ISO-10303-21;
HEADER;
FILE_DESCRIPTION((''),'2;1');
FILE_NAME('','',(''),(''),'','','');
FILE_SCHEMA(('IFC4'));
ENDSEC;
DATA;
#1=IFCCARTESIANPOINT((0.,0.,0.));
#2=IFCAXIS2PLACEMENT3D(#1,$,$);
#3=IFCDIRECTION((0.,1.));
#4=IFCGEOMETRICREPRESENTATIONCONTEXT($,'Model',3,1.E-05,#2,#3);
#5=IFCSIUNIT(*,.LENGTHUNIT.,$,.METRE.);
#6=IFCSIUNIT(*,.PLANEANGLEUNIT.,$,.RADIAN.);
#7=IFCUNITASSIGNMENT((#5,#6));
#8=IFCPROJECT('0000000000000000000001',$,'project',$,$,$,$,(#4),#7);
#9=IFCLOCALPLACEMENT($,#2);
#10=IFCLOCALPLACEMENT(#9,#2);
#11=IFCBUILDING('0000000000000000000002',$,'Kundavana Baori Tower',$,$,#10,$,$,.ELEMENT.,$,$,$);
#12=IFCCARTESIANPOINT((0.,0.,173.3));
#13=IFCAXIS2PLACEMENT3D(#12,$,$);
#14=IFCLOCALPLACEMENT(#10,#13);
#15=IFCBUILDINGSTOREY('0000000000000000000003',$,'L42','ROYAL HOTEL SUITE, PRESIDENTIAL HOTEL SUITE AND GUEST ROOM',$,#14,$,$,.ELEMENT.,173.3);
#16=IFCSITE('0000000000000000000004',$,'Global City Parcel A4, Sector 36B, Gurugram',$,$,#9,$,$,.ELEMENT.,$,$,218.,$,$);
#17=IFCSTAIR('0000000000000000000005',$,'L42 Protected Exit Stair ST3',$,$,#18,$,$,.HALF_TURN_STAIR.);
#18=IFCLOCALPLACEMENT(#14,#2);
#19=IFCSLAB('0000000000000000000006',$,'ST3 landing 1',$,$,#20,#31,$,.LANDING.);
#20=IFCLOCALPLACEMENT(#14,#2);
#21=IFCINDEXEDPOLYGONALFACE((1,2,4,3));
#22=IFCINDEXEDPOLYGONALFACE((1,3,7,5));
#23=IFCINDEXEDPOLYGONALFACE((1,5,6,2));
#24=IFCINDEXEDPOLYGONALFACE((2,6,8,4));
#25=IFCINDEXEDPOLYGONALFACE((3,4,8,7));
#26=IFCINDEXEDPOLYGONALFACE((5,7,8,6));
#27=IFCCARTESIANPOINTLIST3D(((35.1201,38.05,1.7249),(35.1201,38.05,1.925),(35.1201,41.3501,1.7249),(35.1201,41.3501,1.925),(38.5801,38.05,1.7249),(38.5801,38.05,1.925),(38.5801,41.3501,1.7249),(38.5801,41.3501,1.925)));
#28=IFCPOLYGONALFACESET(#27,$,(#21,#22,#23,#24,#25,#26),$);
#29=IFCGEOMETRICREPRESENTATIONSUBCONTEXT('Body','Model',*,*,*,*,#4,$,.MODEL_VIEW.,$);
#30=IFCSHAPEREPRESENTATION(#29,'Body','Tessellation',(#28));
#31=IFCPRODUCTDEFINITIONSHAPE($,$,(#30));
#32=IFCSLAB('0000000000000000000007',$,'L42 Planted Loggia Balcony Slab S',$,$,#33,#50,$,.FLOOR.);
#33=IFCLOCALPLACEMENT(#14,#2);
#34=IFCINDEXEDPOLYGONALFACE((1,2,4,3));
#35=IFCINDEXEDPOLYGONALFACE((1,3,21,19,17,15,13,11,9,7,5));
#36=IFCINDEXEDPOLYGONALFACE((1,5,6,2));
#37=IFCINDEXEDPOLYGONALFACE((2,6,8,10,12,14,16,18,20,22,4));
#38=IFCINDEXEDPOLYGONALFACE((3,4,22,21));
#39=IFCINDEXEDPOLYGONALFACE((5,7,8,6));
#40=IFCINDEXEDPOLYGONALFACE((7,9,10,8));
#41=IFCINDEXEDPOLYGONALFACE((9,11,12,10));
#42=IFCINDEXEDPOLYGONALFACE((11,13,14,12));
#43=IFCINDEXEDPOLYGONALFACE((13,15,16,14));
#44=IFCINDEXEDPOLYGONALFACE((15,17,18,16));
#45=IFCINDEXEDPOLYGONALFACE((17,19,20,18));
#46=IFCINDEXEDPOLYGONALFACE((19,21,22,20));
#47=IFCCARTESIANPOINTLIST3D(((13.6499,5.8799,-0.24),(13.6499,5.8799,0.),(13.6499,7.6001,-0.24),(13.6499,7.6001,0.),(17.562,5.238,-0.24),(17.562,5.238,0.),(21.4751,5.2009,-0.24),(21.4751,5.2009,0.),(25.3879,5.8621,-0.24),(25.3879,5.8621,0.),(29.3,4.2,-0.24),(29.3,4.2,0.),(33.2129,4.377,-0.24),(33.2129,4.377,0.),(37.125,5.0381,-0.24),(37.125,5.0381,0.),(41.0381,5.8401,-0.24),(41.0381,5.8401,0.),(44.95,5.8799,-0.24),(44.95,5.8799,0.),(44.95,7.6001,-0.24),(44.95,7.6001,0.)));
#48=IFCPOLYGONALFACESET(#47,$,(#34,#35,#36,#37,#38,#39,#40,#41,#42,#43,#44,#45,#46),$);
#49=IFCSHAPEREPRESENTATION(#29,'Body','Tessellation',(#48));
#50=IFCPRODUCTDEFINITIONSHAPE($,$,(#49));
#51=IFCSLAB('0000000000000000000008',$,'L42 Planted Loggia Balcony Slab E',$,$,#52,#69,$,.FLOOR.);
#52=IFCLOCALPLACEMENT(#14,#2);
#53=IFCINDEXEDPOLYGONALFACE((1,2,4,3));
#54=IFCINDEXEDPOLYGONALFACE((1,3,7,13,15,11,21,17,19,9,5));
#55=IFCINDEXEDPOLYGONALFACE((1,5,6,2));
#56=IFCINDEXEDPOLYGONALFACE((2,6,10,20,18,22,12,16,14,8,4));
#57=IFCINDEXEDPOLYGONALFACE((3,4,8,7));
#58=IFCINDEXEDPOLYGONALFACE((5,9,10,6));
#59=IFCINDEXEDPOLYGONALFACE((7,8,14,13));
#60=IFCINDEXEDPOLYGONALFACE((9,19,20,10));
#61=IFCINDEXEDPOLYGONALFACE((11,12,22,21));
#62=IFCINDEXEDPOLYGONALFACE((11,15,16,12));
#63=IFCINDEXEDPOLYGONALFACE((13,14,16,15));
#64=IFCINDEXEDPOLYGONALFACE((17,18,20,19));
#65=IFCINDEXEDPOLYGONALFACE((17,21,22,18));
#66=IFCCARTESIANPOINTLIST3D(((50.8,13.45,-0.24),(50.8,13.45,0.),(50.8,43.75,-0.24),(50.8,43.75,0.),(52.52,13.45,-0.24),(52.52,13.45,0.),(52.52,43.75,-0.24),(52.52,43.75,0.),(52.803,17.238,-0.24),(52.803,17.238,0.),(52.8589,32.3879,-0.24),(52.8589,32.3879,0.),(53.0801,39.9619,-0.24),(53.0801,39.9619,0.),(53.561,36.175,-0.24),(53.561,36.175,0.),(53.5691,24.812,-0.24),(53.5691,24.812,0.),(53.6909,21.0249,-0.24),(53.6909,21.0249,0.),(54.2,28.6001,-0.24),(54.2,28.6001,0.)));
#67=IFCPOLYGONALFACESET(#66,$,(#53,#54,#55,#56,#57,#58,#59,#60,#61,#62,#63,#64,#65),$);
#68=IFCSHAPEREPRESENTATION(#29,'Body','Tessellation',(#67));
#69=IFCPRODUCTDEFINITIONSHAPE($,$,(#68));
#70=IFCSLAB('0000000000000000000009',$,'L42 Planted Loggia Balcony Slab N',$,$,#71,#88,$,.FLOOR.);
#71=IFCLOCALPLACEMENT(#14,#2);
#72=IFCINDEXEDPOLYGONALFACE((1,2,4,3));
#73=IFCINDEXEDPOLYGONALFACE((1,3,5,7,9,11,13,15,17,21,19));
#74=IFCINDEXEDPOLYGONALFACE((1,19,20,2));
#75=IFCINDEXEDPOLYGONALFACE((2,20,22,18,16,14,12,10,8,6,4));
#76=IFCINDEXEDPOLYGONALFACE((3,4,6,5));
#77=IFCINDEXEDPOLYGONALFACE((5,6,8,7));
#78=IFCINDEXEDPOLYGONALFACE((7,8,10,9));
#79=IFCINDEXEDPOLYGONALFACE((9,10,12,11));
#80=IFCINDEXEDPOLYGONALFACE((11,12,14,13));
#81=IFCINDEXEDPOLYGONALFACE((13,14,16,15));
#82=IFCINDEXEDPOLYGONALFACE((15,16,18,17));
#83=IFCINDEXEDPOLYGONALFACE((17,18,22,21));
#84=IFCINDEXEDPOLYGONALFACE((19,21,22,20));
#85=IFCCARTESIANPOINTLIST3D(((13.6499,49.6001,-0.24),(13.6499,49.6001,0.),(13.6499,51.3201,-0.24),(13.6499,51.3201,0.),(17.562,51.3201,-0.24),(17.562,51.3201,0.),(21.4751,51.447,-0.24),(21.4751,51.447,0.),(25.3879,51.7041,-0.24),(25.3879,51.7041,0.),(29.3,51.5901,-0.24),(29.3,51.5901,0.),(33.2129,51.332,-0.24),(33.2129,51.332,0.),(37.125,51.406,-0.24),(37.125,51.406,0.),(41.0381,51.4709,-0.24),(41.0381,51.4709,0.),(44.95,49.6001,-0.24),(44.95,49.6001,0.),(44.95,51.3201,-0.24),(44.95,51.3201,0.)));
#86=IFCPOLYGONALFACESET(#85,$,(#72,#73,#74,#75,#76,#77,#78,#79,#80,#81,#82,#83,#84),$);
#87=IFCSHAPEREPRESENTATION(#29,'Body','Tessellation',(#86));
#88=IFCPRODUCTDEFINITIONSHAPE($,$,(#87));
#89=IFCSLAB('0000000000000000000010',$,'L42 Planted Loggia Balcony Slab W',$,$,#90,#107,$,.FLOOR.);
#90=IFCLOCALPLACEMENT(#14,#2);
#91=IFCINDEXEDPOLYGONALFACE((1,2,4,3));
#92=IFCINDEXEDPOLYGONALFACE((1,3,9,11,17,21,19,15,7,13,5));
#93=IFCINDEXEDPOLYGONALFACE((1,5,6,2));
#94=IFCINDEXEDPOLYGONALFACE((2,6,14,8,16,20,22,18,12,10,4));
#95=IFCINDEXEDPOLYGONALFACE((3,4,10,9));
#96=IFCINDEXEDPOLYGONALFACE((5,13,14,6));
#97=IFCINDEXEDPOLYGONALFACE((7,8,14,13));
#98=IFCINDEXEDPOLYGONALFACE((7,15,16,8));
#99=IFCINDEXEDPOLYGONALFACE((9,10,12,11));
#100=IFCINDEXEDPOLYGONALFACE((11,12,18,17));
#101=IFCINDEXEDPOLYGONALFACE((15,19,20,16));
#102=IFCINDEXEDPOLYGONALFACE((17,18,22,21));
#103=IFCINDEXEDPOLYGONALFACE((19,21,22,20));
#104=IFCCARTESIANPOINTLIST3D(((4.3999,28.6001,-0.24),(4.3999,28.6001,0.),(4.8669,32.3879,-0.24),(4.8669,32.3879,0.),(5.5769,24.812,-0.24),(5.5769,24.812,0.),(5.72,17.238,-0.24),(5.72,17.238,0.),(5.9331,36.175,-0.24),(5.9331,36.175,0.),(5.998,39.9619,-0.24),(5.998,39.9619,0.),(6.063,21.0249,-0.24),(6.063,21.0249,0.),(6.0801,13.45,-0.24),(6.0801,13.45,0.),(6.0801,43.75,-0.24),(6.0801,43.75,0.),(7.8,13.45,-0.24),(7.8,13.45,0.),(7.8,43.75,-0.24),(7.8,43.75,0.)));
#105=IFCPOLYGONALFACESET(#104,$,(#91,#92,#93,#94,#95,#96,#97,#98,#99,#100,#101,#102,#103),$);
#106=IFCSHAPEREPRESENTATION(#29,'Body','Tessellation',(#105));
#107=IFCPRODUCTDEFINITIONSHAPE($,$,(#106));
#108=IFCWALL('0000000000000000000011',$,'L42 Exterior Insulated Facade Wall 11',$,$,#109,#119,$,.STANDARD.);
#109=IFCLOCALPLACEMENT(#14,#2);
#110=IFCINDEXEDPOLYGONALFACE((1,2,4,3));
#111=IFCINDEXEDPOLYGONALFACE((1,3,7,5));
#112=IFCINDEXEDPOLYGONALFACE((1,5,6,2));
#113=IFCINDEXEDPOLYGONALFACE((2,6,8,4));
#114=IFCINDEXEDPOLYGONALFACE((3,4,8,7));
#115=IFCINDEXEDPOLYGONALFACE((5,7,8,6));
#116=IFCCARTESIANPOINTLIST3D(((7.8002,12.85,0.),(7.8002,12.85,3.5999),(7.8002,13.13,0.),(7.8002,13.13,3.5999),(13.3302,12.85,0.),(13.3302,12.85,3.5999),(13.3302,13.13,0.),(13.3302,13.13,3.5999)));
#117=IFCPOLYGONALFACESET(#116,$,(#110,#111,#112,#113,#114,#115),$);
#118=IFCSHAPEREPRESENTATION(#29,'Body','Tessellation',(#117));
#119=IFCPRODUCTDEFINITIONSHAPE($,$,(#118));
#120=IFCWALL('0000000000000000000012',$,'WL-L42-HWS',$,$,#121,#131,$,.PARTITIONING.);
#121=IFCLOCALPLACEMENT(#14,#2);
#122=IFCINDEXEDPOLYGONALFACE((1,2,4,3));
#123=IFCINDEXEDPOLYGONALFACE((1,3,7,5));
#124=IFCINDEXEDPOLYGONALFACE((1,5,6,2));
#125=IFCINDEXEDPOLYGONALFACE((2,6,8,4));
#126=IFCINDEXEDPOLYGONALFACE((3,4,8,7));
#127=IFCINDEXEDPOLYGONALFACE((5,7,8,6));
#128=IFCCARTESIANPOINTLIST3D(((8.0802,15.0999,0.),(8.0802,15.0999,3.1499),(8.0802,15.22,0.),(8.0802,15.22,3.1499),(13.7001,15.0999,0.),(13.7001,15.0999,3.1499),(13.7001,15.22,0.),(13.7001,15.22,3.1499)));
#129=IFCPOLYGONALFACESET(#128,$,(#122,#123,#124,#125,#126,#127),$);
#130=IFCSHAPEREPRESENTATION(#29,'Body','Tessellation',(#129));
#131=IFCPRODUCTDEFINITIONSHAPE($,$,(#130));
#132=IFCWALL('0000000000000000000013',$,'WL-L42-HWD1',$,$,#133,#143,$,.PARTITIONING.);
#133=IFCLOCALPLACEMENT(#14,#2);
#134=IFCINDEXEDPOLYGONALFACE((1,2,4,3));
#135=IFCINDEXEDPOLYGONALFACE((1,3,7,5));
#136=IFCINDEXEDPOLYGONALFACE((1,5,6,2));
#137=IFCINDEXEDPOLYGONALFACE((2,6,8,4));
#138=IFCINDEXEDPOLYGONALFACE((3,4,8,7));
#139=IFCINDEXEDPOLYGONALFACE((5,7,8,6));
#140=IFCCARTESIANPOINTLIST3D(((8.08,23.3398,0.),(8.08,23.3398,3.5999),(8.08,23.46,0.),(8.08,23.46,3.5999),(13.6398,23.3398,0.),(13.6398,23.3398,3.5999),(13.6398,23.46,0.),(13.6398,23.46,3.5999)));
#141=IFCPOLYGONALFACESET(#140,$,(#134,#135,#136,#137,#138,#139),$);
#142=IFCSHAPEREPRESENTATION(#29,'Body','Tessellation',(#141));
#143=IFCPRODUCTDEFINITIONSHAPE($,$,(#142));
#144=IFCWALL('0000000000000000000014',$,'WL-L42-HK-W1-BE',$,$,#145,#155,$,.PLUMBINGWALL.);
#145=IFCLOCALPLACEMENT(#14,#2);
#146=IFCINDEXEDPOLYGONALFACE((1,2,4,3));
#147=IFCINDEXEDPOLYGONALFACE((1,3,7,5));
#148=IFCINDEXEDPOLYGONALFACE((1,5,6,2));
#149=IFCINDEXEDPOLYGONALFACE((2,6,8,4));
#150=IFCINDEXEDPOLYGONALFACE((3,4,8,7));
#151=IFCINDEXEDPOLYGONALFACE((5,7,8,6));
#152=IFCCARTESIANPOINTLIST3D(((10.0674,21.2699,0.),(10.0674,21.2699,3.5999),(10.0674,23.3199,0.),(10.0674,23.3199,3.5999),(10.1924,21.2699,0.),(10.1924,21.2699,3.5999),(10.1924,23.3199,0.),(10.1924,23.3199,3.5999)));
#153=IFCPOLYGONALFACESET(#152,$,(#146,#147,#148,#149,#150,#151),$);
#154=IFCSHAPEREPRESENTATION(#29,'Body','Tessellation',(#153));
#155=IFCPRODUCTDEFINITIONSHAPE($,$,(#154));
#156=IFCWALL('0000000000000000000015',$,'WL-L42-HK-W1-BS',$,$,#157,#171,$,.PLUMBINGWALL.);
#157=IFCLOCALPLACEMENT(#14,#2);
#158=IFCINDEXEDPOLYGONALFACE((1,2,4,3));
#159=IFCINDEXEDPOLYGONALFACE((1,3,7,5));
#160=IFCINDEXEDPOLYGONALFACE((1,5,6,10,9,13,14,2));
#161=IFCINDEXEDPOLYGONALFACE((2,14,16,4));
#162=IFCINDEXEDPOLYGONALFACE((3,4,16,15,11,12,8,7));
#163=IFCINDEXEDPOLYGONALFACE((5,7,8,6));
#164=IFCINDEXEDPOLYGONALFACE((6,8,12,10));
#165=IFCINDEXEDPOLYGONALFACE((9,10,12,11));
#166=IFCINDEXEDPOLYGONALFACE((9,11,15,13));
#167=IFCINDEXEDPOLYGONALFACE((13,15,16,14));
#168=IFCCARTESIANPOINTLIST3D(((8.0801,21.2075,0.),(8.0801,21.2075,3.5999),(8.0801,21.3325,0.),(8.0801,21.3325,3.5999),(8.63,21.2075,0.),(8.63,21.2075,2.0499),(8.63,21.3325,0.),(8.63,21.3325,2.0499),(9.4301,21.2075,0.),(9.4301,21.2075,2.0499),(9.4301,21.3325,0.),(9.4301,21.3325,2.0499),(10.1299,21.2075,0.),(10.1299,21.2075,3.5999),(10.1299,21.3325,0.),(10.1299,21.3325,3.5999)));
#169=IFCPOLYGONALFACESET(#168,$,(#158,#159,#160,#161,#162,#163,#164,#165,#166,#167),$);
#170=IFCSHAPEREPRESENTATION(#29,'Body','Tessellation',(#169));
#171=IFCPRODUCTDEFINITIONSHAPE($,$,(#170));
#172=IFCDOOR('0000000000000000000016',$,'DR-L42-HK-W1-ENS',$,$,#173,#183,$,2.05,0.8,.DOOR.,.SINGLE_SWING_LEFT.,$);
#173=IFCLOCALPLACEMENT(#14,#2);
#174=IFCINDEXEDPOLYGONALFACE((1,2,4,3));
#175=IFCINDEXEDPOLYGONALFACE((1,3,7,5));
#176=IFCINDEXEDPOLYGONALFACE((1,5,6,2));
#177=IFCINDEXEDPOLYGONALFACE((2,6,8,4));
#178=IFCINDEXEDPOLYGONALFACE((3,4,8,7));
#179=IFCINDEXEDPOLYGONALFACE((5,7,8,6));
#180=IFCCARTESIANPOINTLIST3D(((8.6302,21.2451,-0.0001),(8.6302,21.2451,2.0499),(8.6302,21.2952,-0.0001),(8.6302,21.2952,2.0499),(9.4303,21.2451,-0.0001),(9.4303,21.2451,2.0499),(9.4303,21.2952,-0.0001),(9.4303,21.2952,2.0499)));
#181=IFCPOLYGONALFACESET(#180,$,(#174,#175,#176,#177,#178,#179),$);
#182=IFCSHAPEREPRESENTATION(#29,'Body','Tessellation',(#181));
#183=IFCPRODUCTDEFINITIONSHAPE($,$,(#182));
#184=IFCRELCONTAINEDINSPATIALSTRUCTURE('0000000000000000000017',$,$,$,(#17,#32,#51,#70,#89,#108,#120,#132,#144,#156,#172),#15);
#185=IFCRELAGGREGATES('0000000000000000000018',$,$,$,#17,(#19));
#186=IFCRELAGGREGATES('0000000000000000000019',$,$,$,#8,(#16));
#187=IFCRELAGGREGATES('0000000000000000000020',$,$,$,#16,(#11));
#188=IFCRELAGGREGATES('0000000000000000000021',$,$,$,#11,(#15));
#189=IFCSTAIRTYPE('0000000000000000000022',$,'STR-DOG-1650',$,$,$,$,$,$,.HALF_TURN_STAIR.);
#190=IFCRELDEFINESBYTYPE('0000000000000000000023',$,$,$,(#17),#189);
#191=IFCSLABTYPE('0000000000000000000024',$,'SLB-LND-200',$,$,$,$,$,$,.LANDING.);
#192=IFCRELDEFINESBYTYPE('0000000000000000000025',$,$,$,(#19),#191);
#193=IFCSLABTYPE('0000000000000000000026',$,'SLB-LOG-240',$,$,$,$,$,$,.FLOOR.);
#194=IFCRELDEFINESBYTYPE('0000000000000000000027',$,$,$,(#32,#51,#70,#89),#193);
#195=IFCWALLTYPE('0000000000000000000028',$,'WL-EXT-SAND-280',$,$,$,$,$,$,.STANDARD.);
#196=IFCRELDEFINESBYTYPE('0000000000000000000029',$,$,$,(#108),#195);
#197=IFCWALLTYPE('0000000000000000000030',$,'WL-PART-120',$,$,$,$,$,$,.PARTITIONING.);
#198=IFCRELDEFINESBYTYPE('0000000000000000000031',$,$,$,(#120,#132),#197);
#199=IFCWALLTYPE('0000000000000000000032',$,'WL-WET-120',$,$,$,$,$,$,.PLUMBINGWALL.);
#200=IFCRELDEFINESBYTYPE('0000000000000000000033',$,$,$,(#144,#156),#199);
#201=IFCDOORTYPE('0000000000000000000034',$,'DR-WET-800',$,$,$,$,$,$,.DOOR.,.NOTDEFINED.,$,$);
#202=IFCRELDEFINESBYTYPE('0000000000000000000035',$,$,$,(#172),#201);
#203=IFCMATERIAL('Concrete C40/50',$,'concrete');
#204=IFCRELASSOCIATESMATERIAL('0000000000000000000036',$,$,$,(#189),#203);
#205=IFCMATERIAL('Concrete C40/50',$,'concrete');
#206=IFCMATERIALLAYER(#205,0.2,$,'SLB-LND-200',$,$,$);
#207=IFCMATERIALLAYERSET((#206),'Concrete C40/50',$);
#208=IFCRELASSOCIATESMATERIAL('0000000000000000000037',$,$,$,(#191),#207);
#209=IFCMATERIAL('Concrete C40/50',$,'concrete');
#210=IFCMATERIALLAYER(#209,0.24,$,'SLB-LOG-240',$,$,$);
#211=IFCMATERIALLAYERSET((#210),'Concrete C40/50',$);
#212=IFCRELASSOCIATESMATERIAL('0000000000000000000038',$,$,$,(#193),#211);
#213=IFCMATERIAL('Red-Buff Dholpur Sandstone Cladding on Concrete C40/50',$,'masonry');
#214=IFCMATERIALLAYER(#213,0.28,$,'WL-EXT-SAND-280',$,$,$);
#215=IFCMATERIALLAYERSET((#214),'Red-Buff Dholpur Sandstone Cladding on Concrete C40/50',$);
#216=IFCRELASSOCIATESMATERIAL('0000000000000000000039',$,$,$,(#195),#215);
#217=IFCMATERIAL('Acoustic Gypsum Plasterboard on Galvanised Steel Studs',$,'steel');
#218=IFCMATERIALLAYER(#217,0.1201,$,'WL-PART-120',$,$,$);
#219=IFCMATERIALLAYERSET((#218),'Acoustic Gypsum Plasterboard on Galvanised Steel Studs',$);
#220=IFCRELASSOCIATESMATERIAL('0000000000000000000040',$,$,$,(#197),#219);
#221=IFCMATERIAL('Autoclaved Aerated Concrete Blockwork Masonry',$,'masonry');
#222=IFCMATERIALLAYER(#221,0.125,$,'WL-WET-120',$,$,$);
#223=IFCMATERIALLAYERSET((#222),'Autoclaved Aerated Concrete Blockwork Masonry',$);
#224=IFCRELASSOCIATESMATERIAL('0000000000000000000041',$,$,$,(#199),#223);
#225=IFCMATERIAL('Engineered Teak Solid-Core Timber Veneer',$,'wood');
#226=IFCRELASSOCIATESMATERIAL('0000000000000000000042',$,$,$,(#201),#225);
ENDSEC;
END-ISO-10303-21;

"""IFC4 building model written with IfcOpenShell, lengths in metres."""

from ifc_helpers import new_model, si_unit, direction, frame, frame_2d, origin, place, context, subcontext, project, spatial, polyline, rectangle, outline, extrude, material, layer, layer_set, type_object, element, fill, aggregate, save


model = new_model("IFC4")

# Units and contexts
model_context = context("Model", 3, precision=1e-05, world=origin(), true_north=direction((0.0, 1.0)))
body_context = subcontext(model_context, "Body", "Model", "MODEL_VIEW")
ifc_project = project(units=[si_unit("LENGTHUNIT", "METRE"), si_unit("PLANEANGLEUNIT", "RADIAN")], contexts=[model_context])

# Site, building, storey
site_placement = place(None, origin())
site = spatial("IfcSite", under=ifc_project, at=site_placement, Name="Global City Parcel A4, Sector 36B, Gurugram", CompositionType="ELEMENT", RefElevation=218.0)
building_placement = place(site_placement, origin())
building = spatial("IfcBuilding", under=site, at=building_placement, Name="Kundavana Baori Tower", CompositionType="ELEMENT")
storey_placement = place(building_placement, frame((0.0, 0.0, 173.3)))
storey = spatial("IfcBuildingStorey", under=building, at=storey_placement, Name="L42", Description="ROYAL HOTEL SUITE, PRESIDENTIAL HOTEL SUITE AND GUEST ROOM", CompositionType="ELEMENT", Elevation=173.3)

# Stair, slab
ifc_material_1 = material(Name="Concrete C40/50", Category="concrete")
stair_type = type_object("IfcStairType", Name="STR-DOG-1650", PredefinedType="HALF_TURN_STAIR", material=ifc_material_1)
ifc_material_2 = material(Name="Concrete C40/50", Category="concrete")
ifc_layer_1 = layer(ifc_material_2, 0.2, Name="SLB-LND-200")
ifc_layer_set_1 = layer_set([ifc_layer_1], Name="Concrete C40/50")
slab_type_1 = type_object("IfcSlabType", Name="SLB-LND-200", PredefinedType="LANDING", material=ifc_layer_set_1)
stair_1_placement = place(storey_placement, origin())
stair_1 = element("IfcStair", 1, at=stair_1_placement, inside=storey, type_object=stair_type, Name="L42 Protected Exit Stair ST3", PredefinedType="HALF_TURN_STAIR")
slab_1_placement = place(storey_placement, frame((0.0, 0.0, 1.7249)))
slab_1 = element("IfcSlab", 2, at=slab_1_placement, type_object=slab_type_1, Name="ST3 landing 1", PredefinedType="LANDING", context=body_context, shape_type="SweptSolid", body=[
    extrude(outline(polyline([(38.5801, 38.05), (38.5801, 41.3501), (35.1201, 41.3501), (35.1201, 38.05), (38.5801, 38.05)])), origin(), (0.0, 0.0, 1.0), 0.2002),
])
aggregate(stair_1, [slab_1])

# Slabs
ifc_material_3 = material(Name="Concrete C40/50", Category="concrete")
ifc_layer_2 = layer(ifc_material_3, 0.24, Name="SLB-LOG-240")
ifc_layer_set_2 = layer_set([ifc_layer_2], Name="Concrete C40/50")
slab_type_2 = type_object("IfcSlabType", Name="SLB-LOG-240", PredefinedType="FLOOR", material=ifc_layer_set_2)
slab_2_placement = place(storey_placement, frame((0.0, 0.0, -0.24)))
element("IfcSlab", 3, at=slab_2_placement, inside=storey, type_object=slab_type_2, Name="L42 Planted Loggia Balcony Slab S", PredefinedType="FLOOR", context=body_context, shape_type="SweptSolid", body=[
    extrude(outline(polyline([(13.6499, 7.6001), (44.95, 7.6001), (44.95, 5.8799), (41.0381, 5.8401), (37.125, 5.0381), (33.2129, 4.377), (29.3, 4.2), (25.3879, 5.8621), (21.4751, 5.2009), (17.562, 5.238), (13.6499, 5.8799), (13.6499, 7.6001)])), origin(), (0.0, 0.0, 1.0), 0.24),
])
slab_3_placement = place(storey_placement, frame((0.0, 0.0, -0.24)))
element("IfcSlab", 4, at=slab_3_placement, inside=storey, type_object=slab_type_2, Name="L42 Planted Loggia Balcony Slab E", PredefinedType="FLOOR", context=body_context, shape_type="SweptSolid", body=[
    extrude(outline(polyline([(50.8, 13.45), (50.8, 43.75), (52.52, 43.75), (53.0801, 39.9619), (53.561, 36.175), (52.8589, 32.3879), (54.2, 28.6001), (53.5691, 24.812), (53.6909, 21.0249), (52.803, 17.238), (52.52, 13.45), (50.8, 13.45)])), origin(), (0.0, 0.0, 1.0), 0.24),
])
slab_4_placement = place(storey_placement, frame((0.0, 0.0, -0.24)))
element("IfcSlab", 5, at=slab_4_placement, inside=storey, type_object=slab_type_2, Name="L42 Planted Loggia Balcony Slab N", PredefinedType="FLOOR", context=body_context, shape_type="SweptSolid", body=[
    extrude(outline(polyline([(44.95, 49.6001), (13.6499, 49.6001), (13.6499, 51.3201), (17.562, 51.3201), (21.4751, 51.447), (25.3879, 51.7041), (29.3, 51.5901), (33.2129, 51.332), (37.125, 51.406), (41.0381, 51.4709), (44.95, 51.3201), (44.95, 49.6001)])), origin(), (0.0, 0.0, 1.0), 0.24),
])
slab_5_placement = place(storey_placement, frame((0.0, 0.0, -0.24)))
element("IfcSlab", 6, at=slab_5_placement, inside=storey, type_object=slab_type_2, Name="L42 Planted Loggia Balcony Slab W", PredefinedType="FLOOR", context=body_context, shape_type="SweptSolid", body=[
    extrude(outline(polyline([(7.8, 43.75), (7.8, 13.45), (6.0801, 13.45), (5.72, 17.238), (6.063, 21.0249), (5.5769, 24.812), (4.3999, 28.6001), (4.8669, 32.3879), (5.9331, 36.175), (5.998, 39.9619), (6.0801, 43.75), (7.8, 43.75)])), origin(), (0.0, 0.0, 1.0), 0.24),
])

# Walls
ifc_material_4 = material(Name="Red-Buff Dholpur Sandstone Cladding on Concrete C40/50", Category="masonry")
ifc_layer_3 = layer(ifc_material_4, 0.28, Name="WL-EXT-SAND-280")
ifc_layer_set_3 = layer_set([ifc_layer_3], Name="Red-Buff Dholpur Sandstone Cladding on Concrete C40/50")
wall_type_1 = type_object("IfcWallType", Name="WL-EXT-SAND-280", PredefinedType="STANDARD", material=ifc_layer_set_3)
wall_1_placement = place(storey_placement, frame((7.8, 12.99, 0.0), z_axis=(0.0, 0.0, 1.0), x_axis=(1.0, 0.0, 0.0)))
element("IfcWall", 7, at=wall_1_placement, inside=storey, type_object=wall_type_1, Name="L42 Exterior Insulated Facade Wall 11", PredefinedType="STANDARD", context=body_context, shape_type="SweptSolid", body=[
    extrude(rectangle(XDim=5.53, YDim=0.28, at=frame_2d((2.7651, 0.0))), origin(), (0.0, 0.0, 1.0), 3.5999),
])
ifc_material_5 = material(Name="Acoustic Gypsum Plasterboard on Galvanised Steel Studs", Category="steel")
ifc_layer_4 = layer(ifc_material_5, 0.1201, Name="WL-PART-120")
ifc_layer_set_4 = layer_set([ifc_layer_4], Name="Acoustic Gypsum Plasterboard on Galvanised Steel Studs")
wall_type_2 = type_object("IfcWallType", Name="WL-PART-120", PredefinedType="PARTITIONING", material=ifc_layer_set_4)
wall_2_placement = place(storey_placement, frame((8.0801, 15.1599, 0.0), z_axis=(0.0, 0.0, 1.0), x_axis=(1.0, 0.0, 0.0)))
element("IfcWall", 8, at=wall_2_placement, inside=storey, type_object=wall_type_2, Name="WL-L42-HWS", PredefinedType="PARTITIONING", context=body_context, shape_type="SweptSolid", body=[
    extrude(rectangle(XDim=5.6199, YDim=0.1201, at=frame_2d((2.8101, 0.0))), origin(), (0.0, 0.0, 1.0), 3.1499),
])
wall_3_placement = place(storey_placement, frame((8.0801, 23.3999, 0.0), z_axis=(0.0, 0.0, 1.0), x_axis=(1.0, 0.0, 0.0)))
element("IfcWall", 9, at=wall_3_placement, inside=storey, type_object=wall_type_2, Name="WL-L42-HWD1", PredefinedType="PARTITIONING", context=body_context, shape_type="SweptSolid", body=[
    extrude(rectangle(XDim=5.5598, YDim=0.1201, at=frame_2d((2.7798, 0.0))), origin(), (0.0, 0.0, 1.0), 3.5999),
])
ifc_material_6 = material(Name="Autoclaved Aerated Concrete Blockwork Masonry", Category="masonry")
ifc_layer_5 = layer(ifc_material_6, 0.125, Name="WL-WET-120")
ifc_layer_set_5 = layer_set([ifc_layer_5], Name="Autoclaved Aerated Concrete Blockwork Masonry")
wall_type_3 = type_object("IfcWallType", Name="WL-WET-120", PredefinedType="PLUMBINGWALL", material=ifc_layer_set_5)
wall_4_placement = place(storey_placement, frame((10.1299, 21.27, 0.0), z_axis=(0.0, 0.0, 1.0), x_axis=(0.0, 1.0, 0.0)))
element("IfcWall", 10, at=wall_4_placement, inside=storey, type_object=wall_type_3, Name="WL-L42-HK-W1-BE", PredefinedType="PLUMBINGWALL", context=body_context, shape_type="SweptSolid", body=[
    extrude(rectangle(XDim=2.05, YDim=0.125, at=frame_2d((1.0249, 0.0))), origin(), (0.0, 0.0, 1.0), 3.5999),
])

# Wall, opening, door
wall_5_placement = place(storey_placement, frame((8.0801, 21.27, 0.0), z_axis=(0.0, 0.0, 1.0), x_axis=(1.0, 0.0, 0.0)))
wall_5 = element("IfcWall", 11, at=wall_5_placement, inside=storey, type_object=wall_type_3, Name="WL-L42-HK-W1-BS", PredefinedType="PLUMBINGWALL", context=body_context, shape_type="SweptSolid", body=[
    extrude(rectangle(XDim=2.0498, YDim=0.125, at=frame_2d((1.0249, 0.0))), origin(), (0.0, 0.0, 1.0), 3.5999),
])
opening_placement = place(wall_5_placement, frame((0.55, 0.0, 0.0)))
opening = element("IfcOpeningElement", 12, at=opening_placement, cuts=wall_5, PredefinedType="OPENING", context=body_context, shape_type="SweptSolid", body=[
    extrude(rectangle(XDim=0.8, YDim=2.05, at=frame_2d((0.3999, 1.0249))), frame((0.0, 0.0725, 0.0), z_axis=(0.0, -1.0, 0.0), x_axis=(1.0, 0.0, 0.0)), (0.0, 0.0, 1.0), 0.145),
])
ifc_material_7 = material(Name="Engineered Teak Solid-Core Timber Veneer", Category="wood")
door_type = type_object("IfcDoorType", Name="DR-WET-800", OperationType="NOTDEFINED", PredefinedType="DOOR", material=ifc_material_7)
door_placement = place(opening_placement, frame((0.8, 0.0, 0.0), z_axis=(0.0, 0.0, 1.0), x_axis=(-1.0, 0.0, 0.0)))
door = element("IfcDoor", 13, at=door_placement, inside=storey, type_object=door_type, Name="DR-L42-HK-W1-ENS", OperationType="SINGLE_SWING_LEFT", OverallHeight=2.05, OverallWidth=0.8, PredefinedType="DOOR", context=body_context, shape_type="SweptSolid", body=[
    extrude(rectangle(XDim=0.8, YDim=2.05, at=frame_2d((0.3999, 1.0249))), frame((0.0, 0.0249, 0.0), z_axis=(0.0, -1.0, 0.0), x_axis=(1.0, 0.0, 0.0)), (0.0, 0.0, 1.0), 0.05),
])
fill(opening, door)

save(model, "model.ifc")
